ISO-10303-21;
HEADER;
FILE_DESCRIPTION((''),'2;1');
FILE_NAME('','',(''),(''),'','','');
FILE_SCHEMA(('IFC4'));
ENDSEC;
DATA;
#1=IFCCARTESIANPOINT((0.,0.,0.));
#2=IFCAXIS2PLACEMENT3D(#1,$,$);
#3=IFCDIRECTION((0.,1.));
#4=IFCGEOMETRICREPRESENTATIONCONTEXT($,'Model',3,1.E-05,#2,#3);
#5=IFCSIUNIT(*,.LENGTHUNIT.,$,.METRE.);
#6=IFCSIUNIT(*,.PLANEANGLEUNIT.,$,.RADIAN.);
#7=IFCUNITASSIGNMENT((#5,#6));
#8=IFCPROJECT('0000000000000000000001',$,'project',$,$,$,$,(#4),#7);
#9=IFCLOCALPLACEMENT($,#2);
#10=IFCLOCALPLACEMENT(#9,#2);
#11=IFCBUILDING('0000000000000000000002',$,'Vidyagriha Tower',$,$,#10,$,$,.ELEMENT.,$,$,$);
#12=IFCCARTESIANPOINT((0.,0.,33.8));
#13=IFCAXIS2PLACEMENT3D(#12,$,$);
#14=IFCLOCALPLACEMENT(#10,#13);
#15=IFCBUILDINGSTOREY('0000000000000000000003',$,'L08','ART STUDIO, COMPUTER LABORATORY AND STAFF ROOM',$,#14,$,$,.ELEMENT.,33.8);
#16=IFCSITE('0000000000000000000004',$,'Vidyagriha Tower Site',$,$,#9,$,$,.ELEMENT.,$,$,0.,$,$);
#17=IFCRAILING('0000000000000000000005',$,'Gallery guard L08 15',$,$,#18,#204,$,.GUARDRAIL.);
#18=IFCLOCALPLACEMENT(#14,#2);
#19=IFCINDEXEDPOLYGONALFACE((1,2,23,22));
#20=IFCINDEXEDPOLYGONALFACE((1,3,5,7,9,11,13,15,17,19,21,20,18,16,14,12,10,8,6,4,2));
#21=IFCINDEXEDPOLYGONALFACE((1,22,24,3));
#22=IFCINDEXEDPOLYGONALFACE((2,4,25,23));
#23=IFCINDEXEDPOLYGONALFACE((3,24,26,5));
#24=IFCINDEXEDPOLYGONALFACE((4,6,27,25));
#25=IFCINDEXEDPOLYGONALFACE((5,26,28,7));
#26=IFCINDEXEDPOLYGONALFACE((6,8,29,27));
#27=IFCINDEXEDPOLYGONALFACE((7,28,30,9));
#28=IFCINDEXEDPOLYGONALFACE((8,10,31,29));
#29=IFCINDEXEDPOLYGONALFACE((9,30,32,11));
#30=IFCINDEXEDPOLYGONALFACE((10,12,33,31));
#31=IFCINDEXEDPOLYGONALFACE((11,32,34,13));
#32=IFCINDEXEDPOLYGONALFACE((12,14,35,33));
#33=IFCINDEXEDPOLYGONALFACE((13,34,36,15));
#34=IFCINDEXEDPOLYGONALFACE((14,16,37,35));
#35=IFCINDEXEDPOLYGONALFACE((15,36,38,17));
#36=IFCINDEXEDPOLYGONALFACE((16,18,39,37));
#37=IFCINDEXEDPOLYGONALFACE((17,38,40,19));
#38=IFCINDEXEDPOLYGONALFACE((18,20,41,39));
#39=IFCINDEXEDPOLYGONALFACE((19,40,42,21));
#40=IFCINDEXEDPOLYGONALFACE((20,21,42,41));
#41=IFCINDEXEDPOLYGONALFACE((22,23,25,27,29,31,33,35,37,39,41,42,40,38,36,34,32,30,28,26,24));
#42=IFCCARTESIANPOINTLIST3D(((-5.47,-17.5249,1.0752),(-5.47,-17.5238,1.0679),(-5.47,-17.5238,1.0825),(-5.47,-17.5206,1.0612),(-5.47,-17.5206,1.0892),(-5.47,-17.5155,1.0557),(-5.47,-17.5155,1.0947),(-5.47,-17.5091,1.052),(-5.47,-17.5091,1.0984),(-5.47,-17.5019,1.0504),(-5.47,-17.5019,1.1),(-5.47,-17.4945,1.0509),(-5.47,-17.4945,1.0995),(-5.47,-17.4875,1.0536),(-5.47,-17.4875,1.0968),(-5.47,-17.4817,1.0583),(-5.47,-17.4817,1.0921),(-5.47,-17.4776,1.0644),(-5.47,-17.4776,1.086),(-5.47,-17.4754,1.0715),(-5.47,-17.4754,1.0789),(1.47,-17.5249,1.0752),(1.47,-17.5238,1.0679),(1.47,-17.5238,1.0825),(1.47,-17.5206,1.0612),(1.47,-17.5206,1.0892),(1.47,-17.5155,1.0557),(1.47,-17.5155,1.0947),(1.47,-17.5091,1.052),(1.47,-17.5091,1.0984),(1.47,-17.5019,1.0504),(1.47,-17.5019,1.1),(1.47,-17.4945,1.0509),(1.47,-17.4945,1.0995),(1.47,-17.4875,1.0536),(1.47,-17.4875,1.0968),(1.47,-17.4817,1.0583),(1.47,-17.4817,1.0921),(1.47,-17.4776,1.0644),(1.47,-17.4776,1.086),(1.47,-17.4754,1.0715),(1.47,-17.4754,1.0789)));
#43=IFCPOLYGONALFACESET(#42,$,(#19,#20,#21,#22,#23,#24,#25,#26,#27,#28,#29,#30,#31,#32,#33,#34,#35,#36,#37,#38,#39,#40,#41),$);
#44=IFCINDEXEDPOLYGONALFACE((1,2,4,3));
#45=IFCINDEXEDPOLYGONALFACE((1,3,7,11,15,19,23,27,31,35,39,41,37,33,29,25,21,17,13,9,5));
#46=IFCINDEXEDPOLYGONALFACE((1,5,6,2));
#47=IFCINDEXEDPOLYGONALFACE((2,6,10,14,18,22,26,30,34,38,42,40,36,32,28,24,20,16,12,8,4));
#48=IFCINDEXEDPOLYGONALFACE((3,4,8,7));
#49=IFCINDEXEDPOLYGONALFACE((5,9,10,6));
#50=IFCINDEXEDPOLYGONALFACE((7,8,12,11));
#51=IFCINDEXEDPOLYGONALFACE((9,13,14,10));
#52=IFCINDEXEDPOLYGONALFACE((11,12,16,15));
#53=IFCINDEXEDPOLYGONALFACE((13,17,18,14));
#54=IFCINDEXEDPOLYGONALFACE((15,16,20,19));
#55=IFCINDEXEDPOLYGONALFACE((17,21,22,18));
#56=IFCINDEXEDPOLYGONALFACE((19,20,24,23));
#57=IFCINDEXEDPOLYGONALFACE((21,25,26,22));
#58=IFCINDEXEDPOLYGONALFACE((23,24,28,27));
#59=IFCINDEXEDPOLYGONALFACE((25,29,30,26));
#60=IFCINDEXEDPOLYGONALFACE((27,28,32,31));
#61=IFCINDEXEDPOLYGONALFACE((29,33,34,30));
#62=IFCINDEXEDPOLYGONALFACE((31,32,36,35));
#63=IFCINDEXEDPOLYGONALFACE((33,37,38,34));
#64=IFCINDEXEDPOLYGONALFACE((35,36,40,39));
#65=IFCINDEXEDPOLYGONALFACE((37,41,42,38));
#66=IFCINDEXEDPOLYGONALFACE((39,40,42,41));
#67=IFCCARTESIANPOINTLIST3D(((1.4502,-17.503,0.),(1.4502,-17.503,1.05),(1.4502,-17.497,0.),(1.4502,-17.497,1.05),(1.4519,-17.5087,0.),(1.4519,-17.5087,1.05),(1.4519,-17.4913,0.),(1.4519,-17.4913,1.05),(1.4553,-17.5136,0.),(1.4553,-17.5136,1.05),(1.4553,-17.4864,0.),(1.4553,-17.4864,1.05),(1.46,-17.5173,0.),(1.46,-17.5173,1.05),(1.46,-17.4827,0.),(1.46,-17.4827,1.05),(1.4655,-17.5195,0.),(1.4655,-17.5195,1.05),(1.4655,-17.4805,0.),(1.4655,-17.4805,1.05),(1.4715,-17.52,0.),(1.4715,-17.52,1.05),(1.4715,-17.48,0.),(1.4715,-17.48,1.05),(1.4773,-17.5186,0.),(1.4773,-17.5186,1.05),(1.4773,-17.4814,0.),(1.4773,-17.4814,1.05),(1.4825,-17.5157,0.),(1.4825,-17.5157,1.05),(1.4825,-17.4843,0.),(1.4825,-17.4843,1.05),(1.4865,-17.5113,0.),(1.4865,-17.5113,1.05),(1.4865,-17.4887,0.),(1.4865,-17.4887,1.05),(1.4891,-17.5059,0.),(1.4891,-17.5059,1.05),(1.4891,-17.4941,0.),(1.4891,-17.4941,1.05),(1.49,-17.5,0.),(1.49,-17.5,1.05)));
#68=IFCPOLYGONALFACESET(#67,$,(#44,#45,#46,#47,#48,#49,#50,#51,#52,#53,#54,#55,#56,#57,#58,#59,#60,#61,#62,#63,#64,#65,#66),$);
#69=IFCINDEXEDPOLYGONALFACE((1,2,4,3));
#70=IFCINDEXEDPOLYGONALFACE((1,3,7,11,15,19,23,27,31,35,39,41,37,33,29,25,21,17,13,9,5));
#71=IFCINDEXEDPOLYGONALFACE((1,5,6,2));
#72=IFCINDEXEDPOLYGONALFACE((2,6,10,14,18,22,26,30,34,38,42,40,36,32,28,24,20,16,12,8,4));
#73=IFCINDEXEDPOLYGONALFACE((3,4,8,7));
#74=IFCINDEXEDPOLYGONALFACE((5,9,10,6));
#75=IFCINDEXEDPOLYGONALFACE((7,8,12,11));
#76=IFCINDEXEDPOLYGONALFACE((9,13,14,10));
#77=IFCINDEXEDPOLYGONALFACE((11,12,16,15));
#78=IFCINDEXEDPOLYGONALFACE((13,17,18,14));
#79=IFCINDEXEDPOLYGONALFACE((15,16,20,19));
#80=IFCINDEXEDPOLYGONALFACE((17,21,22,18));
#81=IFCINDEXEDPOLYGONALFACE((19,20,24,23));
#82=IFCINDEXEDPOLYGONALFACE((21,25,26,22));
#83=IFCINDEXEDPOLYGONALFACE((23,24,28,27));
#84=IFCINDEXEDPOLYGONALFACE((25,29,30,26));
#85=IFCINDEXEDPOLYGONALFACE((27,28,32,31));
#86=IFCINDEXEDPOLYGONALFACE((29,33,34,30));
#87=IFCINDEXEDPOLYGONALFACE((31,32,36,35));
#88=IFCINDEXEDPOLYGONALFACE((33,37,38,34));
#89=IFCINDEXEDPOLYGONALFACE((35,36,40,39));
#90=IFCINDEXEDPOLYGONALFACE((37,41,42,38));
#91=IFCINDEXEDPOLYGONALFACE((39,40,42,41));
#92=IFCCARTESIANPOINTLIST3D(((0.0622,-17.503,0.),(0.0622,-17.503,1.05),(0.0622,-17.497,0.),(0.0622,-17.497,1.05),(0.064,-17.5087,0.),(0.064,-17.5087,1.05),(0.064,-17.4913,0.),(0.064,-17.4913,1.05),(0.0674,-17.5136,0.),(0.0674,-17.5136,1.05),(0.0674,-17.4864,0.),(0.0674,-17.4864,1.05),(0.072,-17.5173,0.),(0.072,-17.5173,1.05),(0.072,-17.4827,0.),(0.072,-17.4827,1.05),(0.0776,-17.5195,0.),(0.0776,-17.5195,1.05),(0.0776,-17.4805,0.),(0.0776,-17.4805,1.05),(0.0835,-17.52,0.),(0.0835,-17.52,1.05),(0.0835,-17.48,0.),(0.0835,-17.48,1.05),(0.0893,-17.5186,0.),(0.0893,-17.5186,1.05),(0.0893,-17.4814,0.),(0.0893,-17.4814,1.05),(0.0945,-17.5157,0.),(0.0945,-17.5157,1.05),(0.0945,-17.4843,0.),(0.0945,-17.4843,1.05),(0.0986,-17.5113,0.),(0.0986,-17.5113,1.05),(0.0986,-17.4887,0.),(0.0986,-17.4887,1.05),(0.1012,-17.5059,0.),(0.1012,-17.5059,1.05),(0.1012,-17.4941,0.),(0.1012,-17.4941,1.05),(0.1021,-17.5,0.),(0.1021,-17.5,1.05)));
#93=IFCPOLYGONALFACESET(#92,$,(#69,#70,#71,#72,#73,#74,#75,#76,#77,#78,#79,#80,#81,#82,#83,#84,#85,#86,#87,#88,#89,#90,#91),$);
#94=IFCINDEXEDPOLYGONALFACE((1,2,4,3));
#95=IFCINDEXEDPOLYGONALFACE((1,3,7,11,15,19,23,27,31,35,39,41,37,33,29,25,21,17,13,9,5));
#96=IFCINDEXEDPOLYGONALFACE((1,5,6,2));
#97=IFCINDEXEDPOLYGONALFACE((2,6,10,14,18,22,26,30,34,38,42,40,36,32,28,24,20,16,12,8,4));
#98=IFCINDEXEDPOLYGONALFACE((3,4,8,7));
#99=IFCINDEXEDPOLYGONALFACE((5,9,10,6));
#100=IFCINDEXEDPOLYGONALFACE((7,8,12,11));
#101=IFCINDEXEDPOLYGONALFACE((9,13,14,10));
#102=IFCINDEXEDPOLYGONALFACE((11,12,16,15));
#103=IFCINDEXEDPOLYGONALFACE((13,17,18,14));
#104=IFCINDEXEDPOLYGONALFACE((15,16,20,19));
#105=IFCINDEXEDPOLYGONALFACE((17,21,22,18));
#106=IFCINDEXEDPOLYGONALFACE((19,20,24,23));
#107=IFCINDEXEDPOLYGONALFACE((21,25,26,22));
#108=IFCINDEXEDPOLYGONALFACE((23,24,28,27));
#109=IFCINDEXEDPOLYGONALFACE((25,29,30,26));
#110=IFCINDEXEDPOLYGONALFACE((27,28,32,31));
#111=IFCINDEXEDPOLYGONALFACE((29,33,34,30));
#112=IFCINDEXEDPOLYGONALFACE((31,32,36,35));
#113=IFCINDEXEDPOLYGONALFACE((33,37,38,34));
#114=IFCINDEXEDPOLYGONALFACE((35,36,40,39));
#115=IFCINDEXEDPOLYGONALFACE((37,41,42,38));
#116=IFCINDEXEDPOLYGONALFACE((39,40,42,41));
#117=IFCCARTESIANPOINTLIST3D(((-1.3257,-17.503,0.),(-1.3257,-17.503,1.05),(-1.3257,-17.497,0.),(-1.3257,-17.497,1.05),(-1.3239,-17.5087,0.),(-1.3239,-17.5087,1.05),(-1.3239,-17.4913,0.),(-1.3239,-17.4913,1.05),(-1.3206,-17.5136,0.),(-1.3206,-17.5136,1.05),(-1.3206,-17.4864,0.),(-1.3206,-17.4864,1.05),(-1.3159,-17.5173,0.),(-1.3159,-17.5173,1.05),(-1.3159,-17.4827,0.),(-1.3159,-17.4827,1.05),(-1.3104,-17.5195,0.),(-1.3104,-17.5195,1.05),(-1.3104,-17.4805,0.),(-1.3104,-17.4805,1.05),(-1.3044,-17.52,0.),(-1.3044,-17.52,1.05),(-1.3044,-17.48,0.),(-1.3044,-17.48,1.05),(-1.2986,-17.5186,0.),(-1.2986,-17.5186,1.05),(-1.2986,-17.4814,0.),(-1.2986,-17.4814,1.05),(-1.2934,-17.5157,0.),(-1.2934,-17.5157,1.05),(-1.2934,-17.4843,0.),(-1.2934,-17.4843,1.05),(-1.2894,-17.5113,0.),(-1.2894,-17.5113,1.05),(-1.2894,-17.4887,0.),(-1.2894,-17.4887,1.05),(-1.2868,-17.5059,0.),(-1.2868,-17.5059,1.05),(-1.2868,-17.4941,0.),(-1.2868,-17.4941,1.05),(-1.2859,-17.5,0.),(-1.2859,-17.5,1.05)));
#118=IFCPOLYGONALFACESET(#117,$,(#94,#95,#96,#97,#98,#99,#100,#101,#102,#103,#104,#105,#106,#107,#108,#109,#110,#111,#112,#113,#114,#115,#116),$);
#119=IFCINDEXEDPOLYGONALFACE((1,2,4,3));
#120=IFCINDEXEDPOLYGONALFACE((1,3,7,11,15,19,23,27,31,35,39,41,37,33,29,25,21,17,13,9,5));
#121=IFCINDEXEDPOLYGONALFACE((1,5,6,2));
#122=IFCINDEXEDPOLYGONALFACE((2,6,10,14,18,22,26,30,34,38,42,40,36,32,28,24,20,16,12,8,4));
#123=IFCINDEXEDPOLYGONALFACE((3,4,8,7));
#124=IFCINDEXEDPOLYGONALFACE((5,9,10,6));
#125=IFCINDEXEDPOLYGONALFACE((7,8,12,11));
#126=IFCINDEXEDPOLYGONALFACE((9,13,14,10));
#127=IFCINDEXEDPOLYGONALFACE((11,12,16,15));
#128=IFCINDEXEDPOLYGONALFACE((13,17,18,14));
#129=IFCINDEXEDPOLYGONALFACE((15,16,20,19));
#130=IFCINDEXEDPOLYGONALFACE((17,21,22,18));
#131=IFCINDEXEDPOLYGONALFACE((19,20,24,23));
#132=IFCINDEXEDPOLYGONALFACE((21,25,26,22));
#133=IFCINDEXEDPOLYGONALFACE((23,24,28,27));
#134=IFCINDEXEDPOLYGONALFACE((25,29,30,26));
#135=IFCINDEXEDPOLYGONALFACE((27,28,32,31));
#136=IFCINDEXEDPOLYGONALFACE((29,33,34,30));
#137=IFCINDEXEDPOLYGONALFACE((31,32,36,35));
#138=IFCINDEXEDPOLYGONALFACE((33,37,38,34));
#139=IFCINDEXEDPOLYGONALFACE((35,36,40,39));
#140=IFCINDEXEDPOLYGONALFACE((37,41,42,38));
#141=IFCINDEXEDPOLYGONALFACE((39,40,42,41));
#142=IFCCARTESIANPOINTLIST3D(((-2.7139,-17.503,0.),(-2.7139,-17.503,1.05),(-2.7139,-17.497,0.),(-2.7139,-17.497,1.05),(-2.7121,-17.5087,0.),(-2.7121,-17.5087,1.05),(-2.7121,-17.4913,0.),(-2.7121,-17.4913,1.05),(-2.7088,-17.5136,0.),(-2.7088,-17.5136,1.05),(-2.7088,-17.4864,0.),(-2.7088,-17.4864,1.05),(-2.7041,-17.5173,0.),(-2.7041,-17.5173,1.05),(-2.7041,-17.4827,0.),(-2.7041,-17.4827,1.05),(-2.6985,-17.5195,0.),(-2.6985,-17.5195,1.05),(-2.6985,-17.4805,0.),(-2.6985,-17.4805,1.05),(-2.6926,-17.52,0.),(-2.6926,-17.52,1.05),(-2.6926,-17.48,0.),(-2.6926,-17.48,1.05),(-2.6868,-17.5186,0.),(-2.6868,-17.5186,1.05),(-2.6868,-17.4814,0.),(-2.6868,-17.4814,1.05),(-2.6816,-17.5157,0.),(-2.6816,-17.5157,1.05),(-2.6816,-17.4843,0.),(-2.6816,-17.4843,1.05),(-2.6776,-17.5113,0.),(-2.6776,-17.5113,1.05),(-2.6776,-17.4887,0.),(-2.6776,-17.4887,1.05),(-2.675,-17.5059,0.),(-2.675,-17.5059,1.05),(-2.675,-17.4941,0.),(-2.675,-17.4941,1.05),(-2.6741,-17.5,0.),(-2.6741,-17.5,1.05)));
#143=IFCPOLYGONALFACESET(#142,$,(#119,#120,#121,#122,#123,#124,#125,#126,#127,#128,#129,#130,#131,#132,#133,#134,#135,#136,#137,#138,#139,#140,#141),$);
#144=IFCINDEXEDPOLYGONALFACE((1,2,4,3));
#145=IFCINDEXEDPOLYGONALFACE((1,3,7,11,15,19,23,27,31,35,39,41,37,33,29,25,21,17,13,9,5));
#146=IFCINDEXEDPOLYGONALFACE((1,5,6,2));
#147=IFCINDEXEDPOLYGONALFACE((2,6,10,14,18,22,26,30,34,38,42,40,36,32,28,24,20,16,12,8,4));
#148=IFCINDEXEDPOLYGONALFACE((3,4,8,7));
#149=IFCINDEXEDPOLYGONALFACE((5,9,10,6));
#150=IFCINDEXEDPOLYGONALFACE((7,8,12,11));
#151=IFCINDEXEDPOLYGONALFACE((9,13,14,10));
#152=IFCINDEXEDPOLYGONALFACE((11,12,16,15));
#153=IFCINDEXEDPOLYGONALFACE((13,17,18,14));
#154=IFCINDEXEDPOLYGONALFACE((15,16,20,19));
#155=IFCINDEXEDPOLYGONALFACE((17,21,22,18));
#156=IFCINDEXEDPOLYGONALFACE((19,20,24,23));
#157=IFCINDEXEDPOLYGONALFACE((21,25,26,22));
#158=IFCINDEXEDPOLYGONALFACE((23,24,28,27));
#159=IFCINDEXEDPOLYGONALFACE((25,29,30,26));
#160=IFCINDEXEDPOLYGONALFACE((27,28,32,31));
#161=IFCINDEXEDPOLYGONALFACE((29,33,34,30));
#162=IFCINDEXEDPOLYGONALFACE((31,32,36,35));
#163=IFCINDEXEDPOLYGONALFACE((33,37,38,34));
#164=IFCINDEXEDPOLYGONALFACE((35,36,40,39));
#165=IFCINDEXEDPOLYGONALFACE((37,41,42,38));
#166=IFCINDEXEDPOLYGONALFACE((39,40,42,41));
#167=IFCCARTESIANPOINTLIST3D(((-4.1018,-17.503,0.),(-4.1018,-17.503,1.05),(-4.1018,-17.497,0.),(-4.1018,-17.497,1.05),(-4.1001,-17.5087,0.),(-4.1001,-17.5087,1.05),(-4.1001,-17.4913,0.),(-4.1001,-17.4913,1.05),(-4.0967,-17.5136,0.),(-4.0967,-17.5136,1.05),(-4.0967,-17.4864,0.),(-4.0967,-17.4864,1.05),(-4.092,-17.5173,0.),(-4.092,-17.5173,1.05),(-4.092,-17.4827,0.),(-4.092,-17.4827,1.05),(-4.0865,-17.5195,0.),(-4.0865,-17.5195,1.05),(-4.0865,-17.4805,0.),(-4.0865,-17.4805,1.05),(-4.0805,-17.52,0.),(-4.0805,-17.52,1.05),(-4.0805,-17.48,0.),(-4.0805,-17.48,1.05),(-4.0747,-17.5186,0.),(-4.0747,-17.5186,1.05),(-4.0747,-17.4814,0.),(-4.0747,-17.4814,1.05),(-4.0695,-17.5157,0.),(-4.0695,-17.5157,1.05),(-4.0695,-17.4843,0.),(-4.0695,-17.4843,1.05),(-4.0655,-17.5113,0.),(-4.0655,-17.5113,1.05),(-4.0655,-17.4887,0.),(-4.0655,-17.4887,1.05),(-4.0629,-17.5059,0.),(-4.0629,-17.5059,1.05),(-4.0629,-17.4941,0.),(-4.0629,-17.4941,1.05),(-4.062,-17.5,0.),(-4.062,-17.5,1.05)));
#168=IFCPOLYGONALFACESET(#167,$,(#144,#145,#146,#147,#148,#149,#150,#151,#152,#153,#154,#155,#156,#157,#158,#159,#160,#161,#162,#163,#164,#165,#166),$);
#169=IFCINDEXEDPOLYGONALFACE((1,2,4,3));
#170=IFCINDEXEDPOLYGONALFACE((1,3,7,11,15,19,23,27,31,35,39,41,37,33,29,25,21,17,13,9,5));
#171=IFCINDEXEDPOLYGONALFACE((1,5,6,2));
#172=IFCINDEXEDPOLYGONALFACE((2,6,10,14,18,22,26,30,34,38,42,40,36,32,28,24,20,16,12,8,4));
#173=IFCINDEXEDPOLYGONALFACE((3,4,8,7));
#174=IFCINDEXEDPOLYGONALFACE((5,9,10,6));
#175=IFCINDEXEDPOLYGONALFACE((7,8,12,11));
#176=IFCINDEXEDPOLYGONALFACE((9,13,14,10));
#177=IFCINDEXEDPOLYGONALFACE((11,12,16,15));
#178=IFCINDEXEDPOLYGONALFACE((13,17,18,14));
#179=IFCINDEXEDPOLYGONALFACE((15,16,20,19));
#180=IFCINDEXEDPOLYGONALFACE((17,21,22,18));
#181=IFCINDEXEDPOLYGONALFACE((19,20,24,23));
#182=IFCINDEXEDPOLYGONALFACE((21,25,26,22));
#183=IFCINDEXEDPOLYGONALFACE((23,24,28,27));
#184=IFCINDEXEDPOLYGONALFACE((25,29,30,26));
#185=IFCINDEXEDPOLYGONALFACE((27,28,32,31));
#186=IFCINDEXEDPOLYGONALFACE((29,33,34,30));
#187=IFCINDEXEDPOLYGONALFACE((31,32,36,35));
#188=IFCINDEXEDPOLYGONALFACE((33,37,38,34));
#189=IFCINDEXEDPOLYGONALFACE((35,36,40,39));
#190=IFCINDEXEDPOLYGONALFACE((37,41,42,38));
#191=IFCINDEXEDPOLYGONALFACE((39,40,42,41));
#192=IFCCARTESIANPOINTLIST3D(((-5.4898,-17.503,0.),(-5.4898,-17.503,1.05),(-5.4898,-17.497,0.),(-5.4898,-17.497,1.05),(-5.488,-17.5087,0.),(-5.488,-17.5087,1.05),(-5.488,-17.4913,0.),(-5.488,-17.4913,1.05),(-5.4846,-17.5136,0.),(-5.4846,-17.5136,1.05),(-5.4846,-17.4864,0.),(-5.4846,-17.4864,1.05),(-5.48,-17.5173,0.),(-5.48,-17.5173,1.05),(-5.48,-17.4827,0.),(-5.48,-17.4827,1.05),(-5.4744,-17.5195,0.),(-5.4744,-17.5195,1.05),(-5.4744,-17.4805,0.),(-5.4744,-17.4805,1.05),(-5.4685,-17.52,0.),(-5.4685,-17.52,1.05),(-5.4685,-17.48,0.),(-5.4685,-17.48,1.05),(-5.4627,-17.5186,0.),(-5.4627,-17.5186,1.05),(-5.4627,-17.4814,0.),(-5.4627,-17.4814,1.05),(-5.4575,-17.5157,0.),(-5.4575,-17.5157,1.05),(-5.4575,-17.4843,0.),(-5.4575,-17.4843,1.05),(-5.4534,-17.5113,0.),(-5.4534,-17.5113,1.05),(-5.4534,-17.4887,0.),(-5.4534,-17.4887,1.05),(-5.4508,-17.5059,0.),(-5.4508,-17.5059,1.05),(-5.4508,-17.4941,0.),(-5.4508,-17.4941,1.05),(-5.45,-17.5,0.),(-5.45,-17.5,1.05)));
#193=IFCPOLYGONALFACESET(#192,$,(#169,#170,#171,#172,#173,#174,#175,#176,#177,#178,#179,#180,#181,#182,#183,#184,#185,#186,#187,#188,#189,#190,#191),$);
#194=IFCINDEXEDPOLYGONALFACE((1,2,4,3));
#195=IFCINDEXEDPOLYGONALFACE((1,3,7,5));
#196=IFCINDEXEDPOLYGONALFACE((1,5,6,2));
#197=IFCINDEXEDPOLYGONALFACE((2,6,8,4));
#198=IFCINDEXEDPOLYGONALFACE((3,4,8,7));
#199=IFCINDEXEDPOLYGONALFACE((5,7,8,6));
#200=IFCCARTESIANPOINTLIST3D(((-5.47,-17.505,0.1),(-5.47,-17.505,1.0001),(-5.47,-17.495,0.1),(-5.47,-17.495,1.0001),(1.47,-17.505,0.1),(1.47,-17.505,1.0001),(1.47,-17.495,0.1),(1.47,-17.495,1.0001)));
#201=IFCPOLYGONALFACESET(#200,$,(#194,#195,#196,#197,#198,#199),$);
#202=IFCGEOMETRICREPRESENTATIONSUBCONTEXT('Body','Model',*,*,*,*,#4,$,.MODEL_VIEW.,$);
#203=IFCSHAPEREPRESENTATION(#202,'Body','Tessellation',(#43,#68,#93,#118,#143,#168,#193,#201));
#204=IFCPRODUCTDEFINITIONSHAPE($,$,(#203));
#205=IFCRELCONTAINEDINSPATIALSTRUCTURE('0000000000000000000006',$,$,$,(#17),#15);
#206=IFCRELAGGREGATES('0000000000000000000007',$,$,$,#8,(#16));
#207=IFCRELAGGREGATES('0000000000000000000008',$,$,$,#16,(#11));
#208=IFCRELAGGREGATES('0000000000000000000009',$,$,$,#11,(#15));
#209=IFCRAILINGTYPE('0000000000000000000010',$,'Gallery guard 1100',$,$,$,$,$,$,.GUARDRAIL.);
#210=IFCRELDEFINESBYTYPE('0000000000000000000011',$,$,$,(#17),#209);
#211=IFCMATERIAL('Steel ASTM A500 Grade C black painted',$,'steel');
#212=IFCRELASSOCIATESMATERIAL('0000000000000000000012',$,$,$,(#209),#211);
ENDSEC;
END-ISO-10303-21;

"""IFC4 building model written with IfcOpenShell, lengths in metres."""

from ifc_helpers import new_model, si_unit, direction, frame, origin, origin_2d, place, context, subcontext, project, spatial, rectangle, circle, extrude, material, type_object, element, save


model = new_model("IFC4")

# Units and contexts
model_context = context("Model", 3, precision=1e-05, world=origin(), true_north=direction((0.0, 1.0)))
body_context = subcontext(model_context, "Body", "Model", "MODEL_VIEW")
ifc_project = project(units=[si_unit("LENGTHUNIT", "METRE"), si_unit("PLANEANGLEUNIT", "RADIAN")], contexts=[model_context])

# Site, building, storey
site_placement = place(None, origin())
site = spatial("IfcSite", under=ifc_project, at=site_placement, Name="Vidyagriha Tower Site", CompositionType="ELEMENT", RefElevation=0.0)
building_placement = place(site_placement, origin())
building = spatial("IfcBuilding", under=site, at=building_placement, Name="Vidyagriha Tower", CompositionType="ELEMENT")
storey_placement = place(building_placement, frame((0.0, 0.0, 33.8)))
storey = spatial("IfcBuildingStorey", under=building, at=storey_placement, Name="L08", Description="ART STUDIO, COMPUTER LABORATORY AND STAFF ROOM", CompositionType="ELEMENT", Elevation=33.8)

# Railing
ifc_material_1 = material(Name="Steel ASTM A500 Grade C black painted", Category="steel")
railing_type = type_object("IfcRailingType", Name="Gallery guard 1100", PredefinedType="GUARDRAIL", material=ifc_material_1)
for number, where, name in (
    (1, (1.47, -17.5, 0.0), "Gallery guard L08 15"),
):
    element("IfcRailing", number, at=place(storey_placement, frame(where)), inside=storey, type_object=railing_type, Name=name, PredefinedType="GUARDRAIL", context=body_context, shape_type="SweptSolid", body=[
        extrude(circle(Radius=0.0249, at=origin_2d()), frame((0.0, 0.0, 1.0752), z_axis=(-1.0, 0.0, 0.0), x_axis=(0.0, -1.0, 0.0)), (0.0, 0.0, 1.0), 6.9399),
        extrude(circle(Radius=0.02, at=origin_2d()), origin(), (0.0, 0.0, 1.0), 1.05),
        extrude(circle(Radius=0.02, at=origin_2d()), frame((-1.3879, 0.0, 0.0)), (0.0, 0.0, 1.0), 1.05),
        extrude(circle(Radius=0.02, at=origin_2d()), frame((-2.7759, 0.0, 0.0)), (0.0, 0.0, 1.0), 1.05),
        extrude(circle(Radius=0.02, at=origin_2d()), frame((-4.1641, 0.0, 0.0)), (0.0, 0.0, 1.0), 1.05),
        extrude(circle(Radius=0.02, at=origin_2d()), frame((-5.552, 0.0, 0.0)), (0.0, 0.0, 1.0), 1.05),
        extrude(circle(Radius=0.02, at=origin_2d()), frame((-6.9399, 0.0, 0.0)), (0.0, 0.0, 1.0), 1.05),
        extrude(rectangle(XDim=0.01, YDim=0.9001, at=origin_2d()), frame((0.0, 0.0, 0.55), z_axis=(-1.0, 0.0, 0.0), x_axis=(0.0, -1.0, 0.0)), (0.0, 0.0, 1.0), 6.9399),
    ])

save(model, "model.ifc")
